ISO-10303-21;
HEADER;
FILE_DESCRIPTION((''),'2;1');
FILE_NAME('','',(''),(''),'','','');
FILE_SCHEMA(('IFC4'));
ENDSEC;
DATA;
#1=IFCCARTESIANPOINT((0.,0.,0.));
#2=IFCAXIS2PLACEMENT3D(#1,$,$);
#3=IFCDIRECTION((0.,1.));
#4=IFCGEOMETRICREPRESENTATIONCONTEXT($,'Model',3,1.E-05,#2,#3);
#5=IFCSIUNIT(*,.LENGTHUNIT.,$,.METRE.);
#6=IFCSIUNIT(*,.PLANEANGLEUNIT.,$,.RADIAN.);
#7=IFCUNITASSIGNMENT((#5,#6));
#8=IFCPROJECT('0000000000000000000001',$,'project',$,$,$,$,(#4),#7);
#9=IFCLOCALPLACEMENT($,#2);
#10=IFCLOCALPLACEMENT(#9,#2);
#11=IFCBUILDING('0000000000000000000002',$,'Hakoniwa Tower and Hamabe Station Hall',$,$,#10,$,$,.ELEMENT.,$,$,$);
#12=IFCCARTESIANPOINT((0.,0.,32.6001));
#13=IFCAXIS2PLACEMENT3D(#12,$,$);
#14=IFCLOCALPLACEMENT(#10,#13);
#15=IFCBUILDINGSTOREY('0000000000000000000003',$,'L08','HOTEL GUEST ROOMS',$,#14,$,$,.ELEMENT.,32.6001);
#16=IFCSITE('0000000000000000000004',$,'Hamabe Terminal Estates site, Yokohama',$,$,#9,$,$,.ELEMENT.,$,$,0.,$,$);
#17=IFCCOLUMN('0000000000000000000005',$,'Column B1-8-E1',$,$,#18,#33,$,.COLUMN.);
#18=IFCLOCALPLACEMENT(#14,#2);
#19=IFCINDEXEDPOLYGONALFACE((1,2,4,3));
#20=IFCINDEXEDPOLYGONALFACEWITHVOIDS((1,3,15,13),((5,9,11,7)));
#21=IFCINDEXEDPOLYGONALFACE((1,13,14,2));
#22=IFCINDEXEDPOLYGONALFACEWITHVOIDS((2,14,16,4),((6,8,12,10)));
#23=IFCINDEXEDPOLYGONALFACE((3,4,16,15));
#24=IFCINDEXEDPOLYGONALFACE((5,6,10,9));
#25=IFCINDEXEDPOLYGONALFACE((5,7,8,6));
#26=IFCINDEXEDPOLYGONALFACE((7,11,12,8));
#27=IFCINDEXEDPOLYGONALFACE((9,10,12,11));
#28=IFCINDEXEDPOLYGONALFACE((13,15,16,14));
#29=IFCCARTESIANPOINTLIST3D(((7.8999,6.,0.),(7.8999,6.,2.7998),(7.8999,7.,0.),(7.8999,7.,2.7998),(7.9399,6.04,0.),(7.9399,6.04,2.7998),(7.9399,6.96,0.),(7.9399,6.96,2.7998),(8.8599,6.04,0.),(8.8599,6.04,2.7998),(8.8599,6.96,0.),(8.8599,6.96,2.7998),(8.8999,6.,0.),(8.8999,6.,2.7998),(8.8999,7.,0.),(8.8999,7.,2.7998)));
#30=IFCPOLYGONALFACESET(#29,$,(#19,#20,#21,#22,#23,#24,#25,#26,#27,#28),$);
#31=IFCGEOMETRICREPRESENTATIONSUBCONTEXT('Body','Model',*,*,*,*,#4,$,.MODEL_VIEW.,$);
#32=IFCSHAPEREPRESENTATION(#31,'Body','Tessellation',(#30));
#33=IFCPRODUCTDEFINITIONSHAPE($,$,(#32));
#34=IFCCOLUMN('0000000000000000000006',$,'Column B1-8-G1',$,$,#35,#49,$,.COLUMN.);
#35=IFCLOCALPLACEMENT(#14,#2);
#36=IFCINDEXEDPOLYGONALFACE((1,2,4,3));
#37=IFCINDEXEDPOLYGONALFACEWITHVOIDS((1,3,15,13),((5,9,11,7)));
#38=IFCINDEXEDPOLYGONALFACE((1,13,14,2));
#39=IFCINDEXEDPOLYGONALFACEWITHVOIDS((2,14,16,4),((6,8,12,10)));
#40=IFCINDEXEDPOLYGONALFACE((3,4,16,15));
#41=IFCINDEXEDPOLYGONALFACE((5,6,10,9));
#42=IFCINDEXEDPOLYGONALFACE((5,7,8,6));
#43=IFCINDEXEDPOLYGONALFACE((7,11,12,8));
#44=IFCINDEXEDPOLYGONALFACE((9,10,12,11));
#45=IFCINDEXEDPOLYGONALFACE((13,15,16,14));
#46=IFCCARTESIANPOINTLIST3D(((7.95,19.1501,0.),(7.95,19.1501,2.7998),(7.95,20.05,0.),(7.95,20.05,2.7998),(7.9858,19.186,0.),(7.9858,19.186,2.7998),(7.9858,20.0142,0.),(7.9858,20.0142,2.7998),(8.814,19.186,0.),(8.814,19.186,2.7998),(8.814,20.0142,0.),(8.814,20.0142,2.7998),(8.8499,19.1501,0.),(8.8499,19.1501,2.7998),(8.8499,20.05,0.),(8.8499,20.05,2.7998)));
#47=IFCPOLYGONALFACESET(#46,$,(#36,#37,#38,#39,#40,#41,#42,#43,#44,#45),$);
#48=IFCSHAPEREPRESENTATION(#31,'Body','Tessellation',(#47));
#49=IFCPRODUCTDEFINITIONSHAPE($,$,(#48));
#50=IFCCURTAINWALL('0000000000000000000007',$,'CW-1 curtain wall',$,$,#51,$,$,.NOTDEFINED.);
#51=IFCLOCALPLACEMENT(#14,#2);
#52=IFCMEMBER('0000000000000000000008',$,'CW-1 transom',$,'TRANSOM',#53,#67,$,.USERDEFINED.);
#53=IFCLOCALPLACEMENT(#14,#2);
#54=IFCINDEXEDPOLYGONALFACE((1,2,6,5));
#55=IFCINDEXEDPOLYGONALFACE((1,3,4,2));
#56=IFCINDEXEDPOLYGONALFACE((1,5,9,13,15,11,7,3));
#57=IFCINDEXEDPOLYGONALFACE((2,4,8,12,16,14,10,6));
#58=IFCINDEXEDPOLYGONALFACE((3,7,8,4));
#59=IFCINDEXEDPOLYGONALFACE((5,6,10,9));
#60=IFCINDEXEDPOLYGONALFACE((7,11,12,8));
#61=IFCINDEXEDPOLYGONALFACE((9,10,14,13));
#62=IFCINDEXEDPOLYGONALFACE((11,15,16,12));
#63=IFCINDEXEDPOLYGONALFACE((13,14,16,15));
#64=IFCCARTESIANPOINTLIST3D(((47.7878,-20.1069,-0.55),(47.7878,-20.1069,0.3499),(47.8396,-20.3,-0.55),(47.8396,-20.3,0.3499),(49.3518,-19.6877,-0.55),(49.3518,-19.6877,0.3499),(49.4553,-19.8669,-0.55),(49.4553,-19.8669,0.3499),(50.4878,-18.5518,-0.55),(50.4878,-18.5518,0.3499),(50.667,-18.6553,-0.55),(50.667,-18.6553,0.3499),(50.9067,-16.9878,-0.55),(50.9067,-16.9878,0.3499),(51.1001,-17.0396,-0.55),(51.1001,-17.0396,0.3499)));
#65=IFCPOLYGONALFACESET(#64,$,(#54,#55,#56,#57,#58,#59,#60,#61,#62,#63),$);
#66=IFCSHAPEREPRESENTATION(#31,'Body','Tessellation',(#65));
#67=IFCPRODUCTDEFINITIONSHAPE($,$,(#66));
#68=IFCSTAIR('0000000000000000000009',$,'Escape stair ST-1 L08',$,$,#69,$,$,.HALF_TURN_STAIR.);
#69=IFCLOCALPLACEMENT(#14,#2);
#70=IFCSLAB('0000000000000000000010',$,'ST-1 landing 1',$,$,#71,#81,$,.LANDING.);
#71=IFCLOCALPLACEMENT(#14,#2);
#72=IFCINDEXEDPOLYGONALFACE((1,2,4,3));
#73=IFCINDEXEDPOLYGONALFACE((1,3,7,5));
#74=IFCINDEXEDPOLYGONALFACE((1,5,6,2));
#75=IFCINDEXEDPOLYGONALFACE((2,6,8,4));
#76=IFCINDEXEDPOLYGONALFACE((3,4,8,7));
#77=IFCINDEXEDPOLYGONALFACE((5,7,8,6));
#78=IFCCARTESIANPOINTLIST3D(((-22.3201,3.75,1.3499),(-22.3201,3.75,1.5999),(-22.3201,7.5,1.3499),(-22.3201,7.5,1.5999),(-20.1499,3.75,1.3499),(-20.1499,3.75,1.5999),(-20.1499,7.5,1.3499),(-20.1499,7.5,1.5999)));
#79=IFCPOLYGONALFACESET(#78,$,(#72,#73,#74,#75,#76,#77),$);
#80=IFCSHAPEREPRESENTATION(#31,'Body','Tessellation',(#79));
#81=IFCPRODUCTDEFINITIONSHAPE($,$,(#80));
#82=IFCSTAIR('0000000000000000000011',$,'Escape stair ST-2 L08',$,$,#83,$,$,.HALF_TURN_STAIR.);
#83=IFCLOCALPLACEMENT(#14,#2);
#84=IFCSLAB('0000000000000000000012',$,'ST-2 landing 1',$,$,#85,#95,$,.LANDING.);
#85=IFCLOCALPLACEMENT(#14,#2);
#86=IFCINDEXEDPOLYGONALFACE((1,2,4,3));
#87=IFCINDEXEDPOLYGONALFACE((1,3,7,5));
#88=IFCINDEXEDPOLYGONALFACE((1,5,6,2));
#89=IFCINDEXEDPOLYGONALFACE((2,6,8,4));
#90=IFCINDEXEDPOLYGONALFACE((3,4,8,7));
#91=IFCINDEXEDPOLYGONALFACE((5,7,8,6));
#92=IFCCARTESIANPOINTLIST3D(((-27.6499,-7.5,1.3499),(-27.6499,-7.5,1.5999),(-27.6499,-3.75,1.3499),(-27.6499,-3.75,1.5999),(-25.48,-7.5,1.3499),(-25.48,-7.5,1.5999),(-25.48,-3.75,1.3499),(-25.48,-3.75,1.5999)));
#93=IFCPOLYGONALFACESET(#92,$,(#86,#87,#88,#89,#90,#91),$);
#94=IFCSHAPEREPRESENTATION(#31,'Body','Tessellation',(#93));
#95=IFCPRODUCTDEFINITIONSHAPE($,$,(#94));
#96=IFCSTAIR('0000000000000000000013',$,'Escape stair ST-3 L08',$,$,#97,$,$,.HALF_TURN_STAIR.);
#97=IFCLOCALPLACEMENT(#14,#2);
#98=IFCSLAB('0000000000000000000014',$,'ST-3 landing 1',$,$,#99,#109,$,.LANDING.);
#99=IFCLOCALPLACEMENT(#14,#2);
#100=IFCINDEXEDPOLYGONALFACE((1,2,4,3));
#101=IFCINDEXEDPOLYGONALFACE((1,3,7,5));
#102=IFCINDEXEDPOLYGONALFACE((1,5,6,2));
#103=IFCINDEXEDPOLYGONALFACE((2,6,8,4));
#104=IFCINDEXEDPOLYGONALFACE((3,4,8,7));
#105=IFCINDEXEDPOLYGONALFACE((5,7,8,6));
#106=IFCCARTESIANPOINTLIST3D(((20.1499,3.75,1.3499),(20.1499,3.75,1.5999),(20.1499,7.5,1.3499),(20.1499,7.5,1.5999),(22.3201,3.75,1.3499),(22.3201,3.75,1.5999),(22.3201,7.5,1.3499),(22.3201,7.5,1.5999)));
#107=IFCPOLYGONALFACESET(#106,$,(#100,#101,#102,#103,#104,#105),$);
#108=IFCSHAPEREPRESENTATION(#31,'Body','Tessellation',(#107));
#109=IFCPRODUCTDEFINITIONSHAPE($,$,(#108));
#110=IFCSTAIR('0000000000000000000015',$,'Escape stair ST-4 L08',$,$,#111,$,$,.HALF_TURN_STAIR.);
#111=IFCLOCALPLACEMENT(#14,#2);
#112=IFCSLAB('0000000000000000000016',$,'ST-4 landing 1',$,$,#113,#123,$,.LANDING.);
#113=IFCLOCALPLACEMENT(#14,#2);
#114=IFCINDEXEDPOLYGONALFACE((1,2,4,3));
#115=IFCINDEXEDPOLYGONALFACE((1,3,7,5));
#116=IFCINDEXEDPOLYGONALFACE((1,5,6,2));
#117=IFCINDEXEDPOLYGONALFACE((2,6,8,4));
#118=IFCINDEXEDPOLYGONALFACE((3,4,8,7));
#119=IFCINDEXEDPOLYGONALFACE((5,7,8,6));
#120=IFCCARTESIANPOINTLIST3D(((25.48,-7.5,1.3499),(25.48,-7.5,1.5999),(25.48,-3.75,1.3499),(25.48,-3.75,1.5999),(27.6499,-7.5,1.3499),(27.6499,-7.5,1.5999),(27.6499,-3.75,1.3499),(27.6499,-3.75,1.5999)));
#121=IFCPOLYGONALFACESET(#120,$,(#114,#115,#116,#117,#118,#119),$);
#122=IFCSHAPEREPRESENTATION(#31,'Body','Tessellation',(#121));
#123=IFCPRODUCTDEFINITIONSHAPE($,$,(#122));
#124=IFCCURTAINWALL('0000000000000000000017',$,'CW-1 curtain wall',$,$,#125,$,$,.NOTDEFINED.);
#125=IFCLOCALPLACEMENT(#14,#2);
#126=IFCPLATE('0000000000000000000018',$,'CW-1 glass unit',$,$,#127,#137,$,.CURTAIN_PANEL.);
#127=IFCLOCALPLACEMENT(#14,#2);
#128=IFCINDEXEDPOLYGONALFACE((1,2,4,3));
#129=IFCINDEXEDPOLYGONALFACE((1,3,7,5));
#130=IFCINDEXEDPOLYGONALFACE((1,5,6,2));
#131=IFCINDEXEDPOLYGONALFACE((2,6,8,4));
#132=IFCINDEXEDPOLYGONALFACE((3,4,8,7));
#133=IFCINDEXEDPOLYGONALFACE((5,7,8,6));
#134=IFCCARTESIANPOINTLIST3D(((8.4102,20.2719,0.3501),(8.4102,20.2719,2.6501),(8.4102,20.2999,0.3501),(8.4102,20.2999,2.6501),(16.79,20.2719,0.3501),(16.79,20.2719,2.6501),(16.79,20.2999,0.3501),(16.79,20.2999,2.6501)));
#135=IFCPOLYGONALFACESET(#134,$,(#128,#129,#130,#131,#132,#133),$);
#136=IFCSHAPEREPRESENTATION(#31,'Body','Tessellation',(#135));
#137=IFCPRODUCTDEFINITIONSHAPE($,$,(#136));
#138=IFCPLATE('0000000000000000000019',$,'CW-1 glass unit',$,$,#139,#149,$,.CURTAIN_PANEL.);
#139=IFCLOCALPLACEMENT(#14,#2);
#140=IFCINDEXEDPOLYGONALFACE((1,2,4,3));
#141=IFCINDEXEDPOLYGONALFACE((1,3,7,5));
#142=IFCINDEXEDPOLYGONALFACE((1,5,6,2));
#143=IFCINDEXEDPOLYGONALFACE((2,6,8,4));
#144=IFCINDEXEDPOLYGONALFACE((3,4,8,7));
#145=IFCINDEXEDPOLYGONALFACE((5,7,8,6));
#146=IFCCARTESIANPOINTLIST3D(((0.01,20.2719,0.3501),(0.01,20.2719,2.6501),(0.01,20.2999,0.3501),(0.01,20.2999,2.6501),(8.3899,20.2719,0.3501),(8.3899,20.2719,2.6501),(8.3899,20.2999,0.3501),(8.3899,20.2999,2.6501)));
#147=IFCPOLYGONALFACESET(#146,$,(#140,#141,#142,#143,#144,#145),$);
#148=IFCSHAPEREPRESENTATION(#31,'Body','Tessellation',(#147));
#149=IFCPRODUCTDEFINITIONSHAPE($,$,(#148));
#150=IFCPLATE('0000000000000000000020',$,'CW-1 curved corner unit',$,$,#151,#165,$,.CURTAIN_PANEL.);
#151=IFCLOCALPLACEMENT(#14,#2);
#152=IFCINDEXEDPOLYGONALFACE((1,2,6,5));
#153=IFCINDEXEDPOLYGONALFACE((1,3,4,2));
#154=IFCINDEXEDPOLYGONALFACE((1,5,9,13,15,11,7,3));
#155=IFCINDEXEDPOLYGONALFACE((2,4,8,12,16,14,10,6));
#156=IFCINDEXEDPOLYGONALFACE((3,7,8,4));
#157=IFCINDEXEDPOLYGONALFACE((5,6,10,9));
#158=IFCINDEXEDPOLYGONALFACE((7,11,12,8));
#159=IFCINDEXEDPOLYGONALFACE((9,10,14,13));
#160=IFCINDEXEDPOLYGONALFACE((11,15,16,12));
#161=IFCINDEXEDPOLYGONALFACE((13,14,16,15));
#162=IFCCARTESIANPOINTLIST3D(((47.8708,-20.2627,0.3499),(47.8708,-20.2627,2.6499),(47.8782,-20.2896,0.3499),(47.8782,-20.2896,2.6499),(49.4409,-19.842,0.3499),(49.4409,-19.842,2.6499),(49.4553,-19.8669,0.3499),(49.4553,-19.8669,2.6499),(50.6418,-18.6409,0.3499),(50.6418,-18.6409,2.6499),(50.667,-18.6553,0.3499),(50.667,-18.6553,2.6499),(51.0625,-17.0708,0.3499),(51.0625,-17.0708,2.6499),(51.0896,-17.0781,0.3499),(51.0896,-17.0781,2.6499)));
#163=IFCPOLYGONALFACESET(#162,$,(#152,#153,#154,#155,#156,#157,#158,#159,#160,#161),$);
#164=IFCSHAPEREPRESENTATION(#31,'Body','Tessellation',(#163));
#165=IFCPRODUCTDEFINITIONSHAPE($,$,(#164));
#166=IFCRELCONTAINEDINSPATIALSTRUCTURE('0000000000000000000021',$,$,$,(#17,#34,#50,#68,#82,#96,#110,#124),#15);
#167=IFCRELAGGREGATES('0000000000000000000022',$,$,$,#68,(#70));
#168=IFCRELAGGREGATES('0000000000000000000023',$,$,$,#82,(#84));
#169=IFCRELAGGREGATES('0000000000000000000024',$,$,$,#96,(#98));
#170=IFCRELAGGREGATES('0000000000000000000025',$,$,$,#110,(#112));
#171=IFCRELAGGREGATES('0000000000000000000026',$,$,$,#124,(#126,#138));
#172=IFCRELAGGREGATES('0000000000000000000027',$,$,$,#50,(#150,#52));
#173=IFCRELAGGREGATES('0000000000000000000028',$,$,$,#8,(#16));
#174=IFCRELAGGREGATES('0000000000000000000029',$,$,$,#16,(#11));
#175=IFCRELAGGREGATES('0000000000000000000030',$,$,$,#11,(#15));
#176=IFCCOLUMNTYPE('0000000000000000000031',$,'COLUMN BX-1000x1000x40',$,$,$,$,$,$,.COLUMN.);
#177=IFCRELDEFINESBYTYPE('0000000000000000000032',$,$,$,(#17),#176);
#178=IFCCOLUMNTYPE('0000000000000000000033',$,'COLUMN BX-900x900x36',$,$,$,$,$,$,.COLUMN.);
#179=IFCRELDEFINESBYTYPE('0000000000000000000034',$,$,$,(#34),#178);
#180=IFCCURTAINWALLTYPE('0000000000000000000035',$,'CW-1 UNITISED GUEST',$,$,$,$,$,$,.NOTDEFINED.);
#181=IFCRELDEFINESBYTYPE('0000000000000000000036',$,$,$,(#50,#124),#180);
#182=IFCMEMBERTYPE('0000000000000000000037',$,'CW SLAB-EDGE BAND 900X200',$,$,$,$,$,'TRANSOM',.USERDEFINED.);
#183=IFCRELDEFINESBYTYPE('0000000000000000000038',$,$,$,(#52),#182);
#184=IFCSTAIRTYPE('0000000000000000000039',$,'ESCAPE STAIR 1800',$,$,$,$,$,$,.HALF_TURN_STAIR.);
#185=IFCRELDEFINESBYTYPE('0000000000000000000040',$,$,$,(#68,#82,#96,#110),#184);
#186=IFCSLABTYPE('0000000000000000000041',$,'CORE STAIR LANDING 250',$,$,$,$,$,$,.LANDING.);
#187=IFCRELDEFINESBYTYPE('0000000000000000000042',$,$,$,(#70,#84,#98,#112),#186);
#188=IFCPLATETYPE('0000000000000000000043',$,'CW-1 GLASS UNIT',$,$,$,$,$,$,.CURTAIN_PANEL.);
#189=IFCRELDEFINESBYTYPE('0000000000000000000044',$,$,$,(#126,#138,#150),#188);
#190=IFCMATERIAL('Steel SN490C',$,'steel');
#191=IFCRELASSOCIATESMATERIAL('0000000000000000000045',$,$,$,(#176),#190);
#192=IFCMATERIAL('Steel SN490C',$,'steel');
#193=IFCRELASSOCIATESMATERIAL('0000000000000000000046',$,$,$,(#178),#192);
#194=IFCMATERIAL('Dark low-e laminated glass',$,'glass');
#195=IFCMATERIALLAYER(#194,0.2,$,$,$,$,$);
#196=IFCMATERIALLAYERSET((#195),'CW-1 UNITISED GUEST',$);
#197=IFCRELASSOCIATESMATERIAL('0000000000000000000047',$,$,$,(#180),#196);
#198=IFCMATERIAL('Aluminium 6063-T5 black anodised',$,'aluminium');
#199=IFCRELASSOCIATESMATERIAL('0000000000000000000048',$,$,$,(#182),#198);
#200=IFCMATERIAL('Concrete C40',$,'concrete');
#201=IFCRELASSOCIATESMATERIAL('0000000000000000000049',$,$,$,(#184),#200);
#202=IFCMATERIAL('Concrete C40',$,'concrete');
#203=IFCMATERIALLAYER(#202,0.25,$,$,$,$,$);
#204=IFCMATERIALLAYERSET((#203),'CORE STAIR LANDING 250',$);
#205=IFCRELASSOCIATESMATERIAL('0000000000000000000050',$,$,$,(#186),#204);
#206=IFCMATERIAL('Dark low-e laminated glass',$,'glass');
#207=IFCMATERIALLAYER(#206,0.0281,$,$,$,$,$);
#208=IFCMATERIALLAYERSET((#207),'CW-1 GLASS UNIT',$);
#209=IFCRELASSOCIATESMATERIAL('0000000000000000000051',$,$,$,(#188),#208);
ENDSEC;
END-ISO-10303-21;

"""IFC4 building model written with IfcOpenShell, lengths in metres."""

from ifc_helpers import new_model, si_unit, direction, frame, origin, origin_2d, place, context, subcontext, project, spatial, polyline, rectangle, hollow_rectangle, outline, extrude, material, layer, layer_set, material_profile, profile_set, type_object, element, aggregate, save


model = new_model("IFC4")

# Units and contexts
model_context = context("Model", 3, precision=1e-05, world=origin(), true_north=direction((0.0, 1.0)))
body_context = subcontext(model_context, "Body", "Model", "MODEL_VIEW")
ifc_project = project(units=[si_unit("LENGTHUNIT", "METRE"), si_unit("PLANEANGLEUNIT", "RADIAN")], contexts=[model_context])

# Site, building, storey
site_placement = place(None, origin())
site = spatial("IfcSite", under=ifc_project, at=site_placement, Name="Hamabe Terminal Estates site, Yokohama", CompositionType="ELEMENT", RefElevation=0.0)
building_placement = place(site_placement, origin())
building = spatial("IfcBuilding", under=site, at=building_placement, Name="Hakoniwa Tower and Hamabe Station Hall", CompositionType="ELEMENT")
storey_placement = place(building_placement, frame((0.0, 0.0, 32.6001)))
storey = spatial("IfcBuildingStorey", under=building, at=storey_placement, Name="L08", Description="HOTEL GUEST ROOMS", CompositionType="ELEMENT", Elevation=32.6001)

# Columns
ifc_material_1 = material(Name="Steel SN490C", Category="steel")
ifc_material_profile_1 = material_profile(ifc_material_1, hollow_rectangle(XDim=1.0, YDim=1.0, WallThickness=0.04, at=origin_2d()), Name="BX-1000x1000x40")
ifc_profile_set_1 = profile_set([ifc_material_profile_1], Name="Steel SN490C")
column_type_1 = type_object("IfcColumnType", Name="COLUMN BX-1000x1000x40", PredefinedType="COLUMN", material=ifc_profile_set_1)
column_1_placement = place(storey_placement, frame((8.3999, 6.5, 0.0), z_axis=(0.0, 0.0, 1.0), x_axis=(1.0, 0.0, 0.0)))
element("IfcColumn", 1, at=column_1_placement, inside=storey, type_object=column_type_1, Name="Column B1-8-E1", PredefinedType="COLUMN", context=body_context, shape_type="SweptSolid", body=[
    extrude(hollow_rectangle(XDim=1.0, YDim=1.0, WallThickness=0.04, at=origin_2d()), origin(), (0.0, 0.0, 1.0), 2.7998),
])
ifc_material_2 = material(Name="Steel SN490C", Category="steel")
ifc_material_profile_2 = material_profile(ifc_material_2, hollow_rectangle(XDim=0.8999, YDim=0.8999, WallThickness=0.0359, at=origin_2d()), Name="BX-900x900x36")
ifc_profile_set_2 = profile_set([ifc_material_profile_2], Name="Steel SN490C")
column_type_2 = type_object("IfcColumnType", Name="COLUMN BX-900x900x36", PredefinedType="COLUMN", material=ifc_profile_set_2)
column_2_placement = place(storey_placement, frame((8.3999, 19.6001, 0.0), z_axis=(0.0, 0.0, 1.0), x_axis=(1.0, 0.0, 0.0)))
element("IfcColumn", 2, at=column_2_placement, inside=storey, type_object=column_type_2, Name="Column B1-8-G1", PredefinedType="COLUMN", context=body_context, shape_type="SweptSolid", body=[
    extrude(hollow_rectangle(XDim=0.8999, YDim=0.8999, WallThickness=0.0359, at=origin_2d()), origin(), (0.0, 0.0, 1.0), 2.7998),
])

# Curtain wall, member
ifc_material_3 = material(Name="Dark low-e laminated glass", Category="glass")
ifc_layer_1 = layer(ifc_material_3, 0.2)
ifc_layer_set_1 = layer_set([ifc_layer_1], Name="CW-1 UNITISED GUEST")
curtain_wall_type = type_object("IfcCurtainWallType", Name="CW-1 UNITISED GUEST", PredefinedType="NOTDEFINED", material=ifc_layer_set_1)
curtain_wall_1_placement = place(storey_placement, origin())
curtain_wall_1 = element("IfcCurtainWall", 3, at=curtain_wall_1_placement, inside=storey, type_object=curtain_wall_type, Name="CW-1 curtain wall", PredefinedType="NOTDEFINED")
ifc_material_4 = material(Name="Aluminium 6063-T5 black anodised", Category="aluminium")
ifc_material_profile_3 = material_profile(ifc_material_4, rectangle(XDim=0.2, YDim=0.8999, at=origin_2d()), Name="CW SLAB-EDGE BAND 900X200")
ifc_profile_set_3 = profile_set([ifc_material_profile_3], Name="Aluminium 6063-T5 black anodised")
member_type = type_object("IfcMemberType", Name="CW SLAB-EDGE BAND 900X200", ElementType="TRANSOM", PredefinedType="USERDEFINED", material=ifc_profile_set_3)
member_placement = place(storey_placement, frame((0.0, 0.0, -0.55)))
member = element("IfcMember", 4, at=member_placement, type_object=member_type, Name="CW-1 transom", ObjectType="TRANSOM", PredefinedType="USERDEFINED", context=body_context, shape_type="SweptSolid", body=[
    extrude(outline(polyline([(47.8396, -20.3), (49.4553, -19.8669), (50.667, -18.6553), (51.1001, -17.0396), (50.9067, -16.9878), (50.4878, -18.5518), (49.3518, -19.6877), (47.7878, -20.1069), (47.8396, -20.3)])), origin(), (0.0, 0.0, 1.0), 0.8999),
])

# Stairs, slabs
ifc_material_5 = material(Name="Concrete C40", Category="concrete")
stair_type = type_object("IfcStairType", Name="ESCAPE STAIR 1800", PredefinedType="HALF_TURN_STAIR", material=ifc_material_5)
stair_1_placement = place(storey_placement, origin())
stair_1 = element("IfcStair", 5, at=stair_1_placement, inside=storey, type_object=stair_type, Name="Escape stair ST-1 L08", PredefinedType="HALF_TURN_STAIR")
ifc_material_6 = material(Name="Concrete C40", Category="concrete")
ifc_layer_2 = layer(ifc_material_6, 0.25)
ifc_layer_set_2 = layer_set([ifc_layer_2], Name="CORE STAIR LANDING 250")
slab_type = type_object("IfcSlabType", Name="CORE STAIR LANDING 250", PredefinedType="LANDING", material=ifc_layer_set_2)
slab_1_placement = place(storey_placement, frame((0.0, 0.0, 1.3499)))
slab_1 = element("IfcSlab", 6, at=slab_1_placement, type_object=slab_type, Name="ST-1 landing 1", PredefinedType="LANDING", context=body_context, shape_type="SweptSolid", body=[
    extrude(outline(polyline([(-22.3201, 3.75), (-20.1499, 3.75), (-20.1499, 7.5), (-22.3201, 7.5), (-22.3201, 3.75)])), origin(), (0.0, 0.0, 1.0), 0.25),
])
aggregate(stair_1, [slab_1])
stair_2_placement = place(storey_placement, origin())
stair_2 = element("IfcStair", 7, at=stair_2_placement, inside=storey, type_object=stair_type, Name="Escape stair ST-2 L08", PredefinedType="HALF_TURN_STAIR")
slab_2_placement = place(storey_placement, frame((0.0, 0.0, 1.3499)))
slab_2 = element("IfcSlab", 8, at=slab_2_placement, type_object=slab_type, Name="ST-2 landing 1", PredefinedType="LANDING", context=body_context, shape_type="SweptSolid", body=[
    extrude(outline(polyline([(-25.48, -7.5), (-27.6499, -7.5), (-27.6499, -3.75), (-25.48, -3.75), (-25.48, -7.5)])), origin(), (0.0, 0.0, 1.0), 0.25),
])
aggregate(stair_2, [slab_2])
stair_3_placement = place(storey_placement, origin())
stair_3 = element("IfcStair", 9, at=stair_3_placement, inside=storey, type_object=stair_type, Name="Escape stair ST-3 L08", PredefinedType="HALF_TURN_STAIR")
slab_3_placement = place(storey_placement, frame((0.0, 0.0, 1.3499)))
slab_3 = element("IfcSlab", 10, at=slab_3_placement, type_object=slab_type, Name="ST-3 landing 1", PredefinedType="LANDING", context=body_context, shape_type="SweptSolid", body=[
    extrude(outline(polyline([(22.3201, 3.75), (20.1499, 3.75), (20.1499, 7.5), (22.3201, 7.5), (22.3201, 3.75)])), origin(), (0.0, 0.0, 1.0), 0.25),
])
aggregate(stair_3, [slab_3])
stair_4_placement = place(storey_placement, origin())
stair_4 = element("IfcStair", 11, at=stair_4_placement, inside=storey, type_object=stair_type, Name="Escape stair ST-4 L08", PredefinedType="HALF_TURN_STAIR")
slab_4_placement = place(storey_placement, frame((0.0, 0.0, 1.3499)))
slab_4 = element("IfcSlab", 12, at=slab_4_placement, type_object=slab_type, Name="ST-4 landing 1", PredefinedType="LANDING", context=body_context, shape_type="SweptSolid", body=[
    extrude(outline(polyline([(25.48, -7.5), (27.6499, -7.5), (27.6499, -3.75), (25.48, -3.75), (25.48, -7.5)])), origin(), (0.0, 0.0, 1.0), 0.25),
])
aggregate(stair_4, [slab_4])

# Curtain wall, plates
curtain_wall_2_placement = place(storey_placement, origin())
curtain_wall_2 = element("IfcCurtainWall", 13, at=curtain_wall_2_placement, inside=storey, type_object=curtain_wall_type, Name="CW-1 curtain wall", PredefinedType="NOTDEFINED")
ifc_material_7 = material(Name="Dark low-e laminated glass", Category="glass")
ifc_layer_3 = layer(ifc_material_7, 0.0281)
ifc_layer_set_3 = layer_set([ifc_layer_3], Name="CW-1 GLASS UNIT")
plate_type = type_object("IfcPlateType", Name="CW-1 GLASS UNIT", PredefinedType="CURTAIN_PANEL", material=ifc_layer_set_3)
plate_1_placement = place(storey_placement, frame((12.6001, 20.2859, 0.3501), z_axis=(0.0, 0.0, 1.0), x_axis=(-1.0, 0.0, 0.0)))
plate_1 = element("IfcPlate", 14, at=plate_1_placement, type_object=plate_type, Name="CW-1 glass unit", PredefinedType="CURTAIN_PANEL", context=body_context, shape_type="SweptSolid", body=[
    extrude(rectangle(XDim=8.3799, YDim=0.0281, at=origin_2d()), origin(), (0.0, 0.0, 1.0), 2.3),
])
plate_2_placement = place(storey_placement, frame((4.2, 20.2859, 0.3501), z_axis=(0.0, 0.0, 1.0), x_axis=(-1.0, 0.0, 0.0)))
plate_2 = element("IfcPlate", 15, at=plate_2_placement, type_object=plate_type, Name="CW-1 glass unit", PredefinedType="CURTAIN_PANEL", context=body_context, shape_type="SweptSolid", body=[
    extrude(rectangle(XDim=8.3799, YDim=0.0281, at=origin_2d()), origin(), (0.0, 0.0, 1.0), 2.3),
])
aggregate(curtain_wall_2, [plate_1, plate_2])

# Plate
plate_3_placement = place(storey_placement, frame((0.0, 0.0, 0.3499)))
plate_3 = element("IfcPlate", 16, at=plate_3_placement, type_object=plate_type, Name="CW-1 curved corner unit", PredefinedType="CURTAIN_PANEL", context=body_context, shape_type="SweptSolid", body=[
    extrude(outline(polyline([(47.8782, -20.2896), (49.4553, -19.8669), (50.667, -18.6553), (51.0896, -17.0781), (51.0625, -17.0708), (50.6418, -18.6409), (49.4409, -19.842), (47.8708, -20.2627), (47.8782, -20.2896)])), origin(), (0.0, 0.0, 1.0), 2.3),
])
aggregate(curtain_wall_1, [plate_3, member])

save(model, "model.ifc")
